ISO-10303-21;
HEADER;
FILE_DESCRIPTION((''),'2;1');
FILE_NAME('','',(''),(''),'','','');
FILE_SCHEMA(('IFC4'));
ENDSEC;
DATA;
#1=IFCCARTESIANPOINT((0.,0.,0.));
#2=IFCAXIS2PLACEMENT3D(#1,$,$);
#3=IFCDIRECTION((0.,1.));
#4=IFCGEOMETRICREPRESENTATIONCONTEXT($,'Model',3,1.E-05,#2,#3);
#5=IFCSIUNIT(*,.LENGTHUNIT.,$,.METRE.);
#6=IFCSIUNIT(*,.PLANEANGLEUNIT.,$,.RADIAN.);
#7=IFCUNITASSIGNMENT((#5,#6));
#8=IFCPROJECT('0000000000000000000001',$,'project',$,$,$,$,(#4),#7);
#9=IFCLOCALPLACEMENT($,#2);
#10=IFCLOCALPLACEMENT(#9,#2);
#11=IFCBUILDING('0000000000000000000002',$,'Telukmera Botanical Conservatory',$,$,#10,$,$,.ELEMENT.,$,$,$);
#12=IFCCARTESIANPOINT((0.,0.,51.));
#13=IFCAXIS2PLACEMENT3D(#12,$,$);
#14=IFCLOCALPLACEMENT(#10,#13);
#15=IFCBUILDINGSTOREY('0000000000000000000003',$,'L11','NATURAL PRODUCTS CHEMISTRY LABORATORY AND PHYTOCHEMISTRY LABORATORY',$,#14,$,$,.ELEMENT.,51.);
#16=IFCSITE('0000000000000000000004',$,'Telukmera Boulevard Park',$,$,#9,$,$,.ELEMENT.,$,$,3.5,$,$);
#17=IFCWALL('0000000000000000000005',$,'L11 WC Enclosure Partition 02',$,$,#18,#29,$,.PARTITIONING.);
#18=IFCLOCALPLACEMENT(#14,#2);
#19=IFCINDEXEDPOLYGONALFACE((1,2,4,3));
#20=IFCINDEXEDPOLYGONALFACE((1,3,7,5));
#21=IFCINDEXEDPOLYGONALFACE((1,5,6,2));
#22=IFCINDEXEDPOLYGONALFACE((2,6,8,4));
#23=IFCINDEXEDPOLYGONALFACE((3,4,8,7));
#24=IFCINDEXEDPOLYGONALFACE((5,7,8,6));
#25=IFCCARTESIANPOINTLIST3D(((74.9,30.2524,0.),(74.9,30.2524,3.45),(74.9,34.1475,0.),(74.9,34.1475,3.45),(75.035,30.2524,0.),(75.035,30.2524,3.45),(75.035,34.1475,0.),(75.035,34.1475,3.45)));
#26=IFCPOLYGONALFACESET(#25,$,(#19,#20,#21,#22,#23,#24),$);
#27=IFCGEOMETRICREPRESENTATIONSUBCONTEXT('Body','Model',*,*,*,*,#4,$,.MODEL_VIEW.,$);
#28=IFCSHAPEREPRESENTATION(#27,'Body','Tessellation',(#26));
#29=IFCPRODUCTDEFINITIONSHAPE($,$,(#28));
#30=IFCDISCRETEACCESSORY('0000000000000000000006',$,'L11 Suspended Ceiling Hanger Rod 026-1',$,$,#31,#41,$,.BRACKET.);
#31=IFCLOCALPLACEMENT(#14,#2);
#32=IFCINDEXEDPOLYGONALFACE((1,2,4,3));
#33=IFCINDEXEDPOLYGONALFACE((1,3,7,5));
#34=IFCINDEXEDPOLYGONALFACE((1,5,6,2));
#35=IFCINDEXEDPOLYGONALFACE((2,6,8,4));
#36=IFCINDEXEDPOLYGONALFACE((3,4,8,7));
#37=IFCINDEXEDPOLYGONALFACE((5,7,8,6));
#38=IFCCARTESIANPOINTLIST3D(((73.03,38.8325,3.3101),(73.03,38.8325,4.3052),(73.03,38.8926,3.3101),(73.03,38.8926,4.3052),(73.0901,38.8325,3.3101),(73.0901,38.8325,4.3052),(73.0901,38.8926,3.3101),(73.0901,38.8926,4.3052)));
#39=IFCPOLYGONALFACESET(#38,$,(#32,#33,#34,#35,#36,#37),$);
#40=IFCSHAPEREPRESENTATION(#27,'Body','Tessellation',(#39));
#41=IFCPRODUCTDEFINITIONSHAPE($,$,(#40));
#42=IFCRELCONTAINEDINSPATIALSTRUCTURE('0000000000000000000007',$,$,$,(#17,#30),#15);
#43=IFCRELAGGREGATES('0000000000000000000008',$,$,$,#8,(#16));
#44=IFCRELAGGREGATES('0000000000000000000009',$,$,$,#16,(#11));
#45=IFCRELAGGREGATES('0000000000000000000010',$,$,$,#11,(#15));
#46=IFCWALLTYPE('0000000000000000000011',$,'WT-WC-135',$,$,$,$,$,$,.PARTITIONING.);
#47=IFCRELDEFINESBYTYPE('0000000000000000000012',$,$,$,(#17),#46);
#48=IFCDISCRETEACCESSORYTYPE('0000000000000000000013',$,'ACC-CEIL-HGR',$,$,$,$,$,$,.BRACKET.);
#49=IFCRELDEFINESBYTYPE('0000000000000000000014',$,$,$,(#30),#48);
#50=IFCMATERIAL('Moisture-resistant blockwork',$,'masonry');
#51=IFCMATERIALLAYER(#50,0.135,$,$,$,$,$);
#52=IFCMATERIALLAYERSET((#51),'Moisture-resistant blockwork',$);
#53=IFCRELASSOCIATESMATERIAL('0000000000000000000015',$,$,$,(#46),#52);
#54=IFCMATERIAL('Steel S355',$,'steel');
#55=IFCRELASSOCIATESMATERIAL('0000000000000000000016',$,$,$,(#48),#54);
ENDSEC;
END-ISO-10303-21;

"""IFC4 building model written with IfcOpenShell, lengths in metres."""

from ifc_helpers import new_model, si_unit, direction, frame, frame_2d, origin, origin_2d, place, context, subcontext, project, spatial, rectangle, extrude, material, layer, layer_set, type_object, element, save


model = new_model("IFC4")

# Units and contexts
model_context = context("Model", 3, precision=1e-05, world=origin(), true_north=direction((0.0, 1.0)))
body_context = subcontext(model_context, "Body", "Model", "MODEL_VIEW")
ifc_project = project(units=[si_unit("LENGTHUNIT", "METRE"), si_unit("PLANEANGLEUNIT", "RADIAN")], contexts=[model_context])

# Site, building, storey
site_placement = place(None, origin())
site = spatial("IfcSite", under=ifc_project, at=site_placement, Name="Telukmera Boulevard Park", CompositionType="ELEMENT", RefElevation=3.5)
building_placement = place(site_placement, origin())
building = spatial("IfcBuilding", under=site, at=building_placement, Name="Telukmera Botanical Conservatory", CompositionType="ELEMENT")
storey_placement = place(building_placement, frame((0.0, 0.0, 51.0)))
storey = spatial("IfcBuildingStorey", under=building, at=storey_placement, Name="L11", Description="NATURAL PRODUCTS CHEMISTRY LABORATORY AND PHYTOCHEMISTRY LABORATORY", CompositionType="ELEMENT", Elevation=51.0)

# Wall
ifc_material_1 = material(Name="Moisture-resistant blockwork", Category="masonry")
ifc_layer_1 = layer(ifc_material_1, 0.135)
ifc_layer_set_1 = layer_set([ifc_layer_1], Name="Moisture-resistant blockwork")
wall_type_1 = type_object("IfcWallType", Name="WT-WC-135", PredefinedType="PARTITIONING", material=ifc_layer_set_1)
wall_1_placement = place(storey_placement, frame((74.9675, 30.2524, 0.0), z_axis=(0.0, 0.0, 1.0), x_axis=(0.0, 1.0, 0.0)))
element("IfcWall", 1, at=wall_1_placement, inside=storey, type_object=wall_type_1, Name="L11 WC Enclosure Partition 02", PredefinedType="PARTITIONING", context=body_context, shape_type="SweptSolid", body=[
    extrude(rectangle(XDim=3.895, YDim=0.135, at=frame_2d((1.9475, 0.0))), origin(), (0.0, 0.0, 1.0), 3.45),
])

# Discrete accessory
ifc_material_2 = material(Name="Steel S355", Category="steel")
discrete_accessory_type = type_object("IfcDiscreteAccessoryType", Name="ACC-CEIL-HGR", PredefinedType="BRACKET", material=ifc_material_2)
discrete_accessory_placement = place(storey_placement, frame((73.0601, 38.8625, 3.3101), z_axis=(0.0, 0.0, 1.0), x_axis=(1.0, 0.0, 0.0)))
element("IfcDiscreteAccessory", 2, at=discrete_accessory_placement, inside=storey, type_object=discrete_accessory_type, Name="L11 Suspended Ceiling Hanger Rod 026-1", PredefinedType="BRACKET", context=body_context, shape_type="SweptSolid", body=[
    extrude(rectangle(XDim=0.0601, YDim=0.0601, at=origin_2d()), origin(), (0.0, 0.0, 1.0), 0.9951),
])

save(model, "model.ifc")
